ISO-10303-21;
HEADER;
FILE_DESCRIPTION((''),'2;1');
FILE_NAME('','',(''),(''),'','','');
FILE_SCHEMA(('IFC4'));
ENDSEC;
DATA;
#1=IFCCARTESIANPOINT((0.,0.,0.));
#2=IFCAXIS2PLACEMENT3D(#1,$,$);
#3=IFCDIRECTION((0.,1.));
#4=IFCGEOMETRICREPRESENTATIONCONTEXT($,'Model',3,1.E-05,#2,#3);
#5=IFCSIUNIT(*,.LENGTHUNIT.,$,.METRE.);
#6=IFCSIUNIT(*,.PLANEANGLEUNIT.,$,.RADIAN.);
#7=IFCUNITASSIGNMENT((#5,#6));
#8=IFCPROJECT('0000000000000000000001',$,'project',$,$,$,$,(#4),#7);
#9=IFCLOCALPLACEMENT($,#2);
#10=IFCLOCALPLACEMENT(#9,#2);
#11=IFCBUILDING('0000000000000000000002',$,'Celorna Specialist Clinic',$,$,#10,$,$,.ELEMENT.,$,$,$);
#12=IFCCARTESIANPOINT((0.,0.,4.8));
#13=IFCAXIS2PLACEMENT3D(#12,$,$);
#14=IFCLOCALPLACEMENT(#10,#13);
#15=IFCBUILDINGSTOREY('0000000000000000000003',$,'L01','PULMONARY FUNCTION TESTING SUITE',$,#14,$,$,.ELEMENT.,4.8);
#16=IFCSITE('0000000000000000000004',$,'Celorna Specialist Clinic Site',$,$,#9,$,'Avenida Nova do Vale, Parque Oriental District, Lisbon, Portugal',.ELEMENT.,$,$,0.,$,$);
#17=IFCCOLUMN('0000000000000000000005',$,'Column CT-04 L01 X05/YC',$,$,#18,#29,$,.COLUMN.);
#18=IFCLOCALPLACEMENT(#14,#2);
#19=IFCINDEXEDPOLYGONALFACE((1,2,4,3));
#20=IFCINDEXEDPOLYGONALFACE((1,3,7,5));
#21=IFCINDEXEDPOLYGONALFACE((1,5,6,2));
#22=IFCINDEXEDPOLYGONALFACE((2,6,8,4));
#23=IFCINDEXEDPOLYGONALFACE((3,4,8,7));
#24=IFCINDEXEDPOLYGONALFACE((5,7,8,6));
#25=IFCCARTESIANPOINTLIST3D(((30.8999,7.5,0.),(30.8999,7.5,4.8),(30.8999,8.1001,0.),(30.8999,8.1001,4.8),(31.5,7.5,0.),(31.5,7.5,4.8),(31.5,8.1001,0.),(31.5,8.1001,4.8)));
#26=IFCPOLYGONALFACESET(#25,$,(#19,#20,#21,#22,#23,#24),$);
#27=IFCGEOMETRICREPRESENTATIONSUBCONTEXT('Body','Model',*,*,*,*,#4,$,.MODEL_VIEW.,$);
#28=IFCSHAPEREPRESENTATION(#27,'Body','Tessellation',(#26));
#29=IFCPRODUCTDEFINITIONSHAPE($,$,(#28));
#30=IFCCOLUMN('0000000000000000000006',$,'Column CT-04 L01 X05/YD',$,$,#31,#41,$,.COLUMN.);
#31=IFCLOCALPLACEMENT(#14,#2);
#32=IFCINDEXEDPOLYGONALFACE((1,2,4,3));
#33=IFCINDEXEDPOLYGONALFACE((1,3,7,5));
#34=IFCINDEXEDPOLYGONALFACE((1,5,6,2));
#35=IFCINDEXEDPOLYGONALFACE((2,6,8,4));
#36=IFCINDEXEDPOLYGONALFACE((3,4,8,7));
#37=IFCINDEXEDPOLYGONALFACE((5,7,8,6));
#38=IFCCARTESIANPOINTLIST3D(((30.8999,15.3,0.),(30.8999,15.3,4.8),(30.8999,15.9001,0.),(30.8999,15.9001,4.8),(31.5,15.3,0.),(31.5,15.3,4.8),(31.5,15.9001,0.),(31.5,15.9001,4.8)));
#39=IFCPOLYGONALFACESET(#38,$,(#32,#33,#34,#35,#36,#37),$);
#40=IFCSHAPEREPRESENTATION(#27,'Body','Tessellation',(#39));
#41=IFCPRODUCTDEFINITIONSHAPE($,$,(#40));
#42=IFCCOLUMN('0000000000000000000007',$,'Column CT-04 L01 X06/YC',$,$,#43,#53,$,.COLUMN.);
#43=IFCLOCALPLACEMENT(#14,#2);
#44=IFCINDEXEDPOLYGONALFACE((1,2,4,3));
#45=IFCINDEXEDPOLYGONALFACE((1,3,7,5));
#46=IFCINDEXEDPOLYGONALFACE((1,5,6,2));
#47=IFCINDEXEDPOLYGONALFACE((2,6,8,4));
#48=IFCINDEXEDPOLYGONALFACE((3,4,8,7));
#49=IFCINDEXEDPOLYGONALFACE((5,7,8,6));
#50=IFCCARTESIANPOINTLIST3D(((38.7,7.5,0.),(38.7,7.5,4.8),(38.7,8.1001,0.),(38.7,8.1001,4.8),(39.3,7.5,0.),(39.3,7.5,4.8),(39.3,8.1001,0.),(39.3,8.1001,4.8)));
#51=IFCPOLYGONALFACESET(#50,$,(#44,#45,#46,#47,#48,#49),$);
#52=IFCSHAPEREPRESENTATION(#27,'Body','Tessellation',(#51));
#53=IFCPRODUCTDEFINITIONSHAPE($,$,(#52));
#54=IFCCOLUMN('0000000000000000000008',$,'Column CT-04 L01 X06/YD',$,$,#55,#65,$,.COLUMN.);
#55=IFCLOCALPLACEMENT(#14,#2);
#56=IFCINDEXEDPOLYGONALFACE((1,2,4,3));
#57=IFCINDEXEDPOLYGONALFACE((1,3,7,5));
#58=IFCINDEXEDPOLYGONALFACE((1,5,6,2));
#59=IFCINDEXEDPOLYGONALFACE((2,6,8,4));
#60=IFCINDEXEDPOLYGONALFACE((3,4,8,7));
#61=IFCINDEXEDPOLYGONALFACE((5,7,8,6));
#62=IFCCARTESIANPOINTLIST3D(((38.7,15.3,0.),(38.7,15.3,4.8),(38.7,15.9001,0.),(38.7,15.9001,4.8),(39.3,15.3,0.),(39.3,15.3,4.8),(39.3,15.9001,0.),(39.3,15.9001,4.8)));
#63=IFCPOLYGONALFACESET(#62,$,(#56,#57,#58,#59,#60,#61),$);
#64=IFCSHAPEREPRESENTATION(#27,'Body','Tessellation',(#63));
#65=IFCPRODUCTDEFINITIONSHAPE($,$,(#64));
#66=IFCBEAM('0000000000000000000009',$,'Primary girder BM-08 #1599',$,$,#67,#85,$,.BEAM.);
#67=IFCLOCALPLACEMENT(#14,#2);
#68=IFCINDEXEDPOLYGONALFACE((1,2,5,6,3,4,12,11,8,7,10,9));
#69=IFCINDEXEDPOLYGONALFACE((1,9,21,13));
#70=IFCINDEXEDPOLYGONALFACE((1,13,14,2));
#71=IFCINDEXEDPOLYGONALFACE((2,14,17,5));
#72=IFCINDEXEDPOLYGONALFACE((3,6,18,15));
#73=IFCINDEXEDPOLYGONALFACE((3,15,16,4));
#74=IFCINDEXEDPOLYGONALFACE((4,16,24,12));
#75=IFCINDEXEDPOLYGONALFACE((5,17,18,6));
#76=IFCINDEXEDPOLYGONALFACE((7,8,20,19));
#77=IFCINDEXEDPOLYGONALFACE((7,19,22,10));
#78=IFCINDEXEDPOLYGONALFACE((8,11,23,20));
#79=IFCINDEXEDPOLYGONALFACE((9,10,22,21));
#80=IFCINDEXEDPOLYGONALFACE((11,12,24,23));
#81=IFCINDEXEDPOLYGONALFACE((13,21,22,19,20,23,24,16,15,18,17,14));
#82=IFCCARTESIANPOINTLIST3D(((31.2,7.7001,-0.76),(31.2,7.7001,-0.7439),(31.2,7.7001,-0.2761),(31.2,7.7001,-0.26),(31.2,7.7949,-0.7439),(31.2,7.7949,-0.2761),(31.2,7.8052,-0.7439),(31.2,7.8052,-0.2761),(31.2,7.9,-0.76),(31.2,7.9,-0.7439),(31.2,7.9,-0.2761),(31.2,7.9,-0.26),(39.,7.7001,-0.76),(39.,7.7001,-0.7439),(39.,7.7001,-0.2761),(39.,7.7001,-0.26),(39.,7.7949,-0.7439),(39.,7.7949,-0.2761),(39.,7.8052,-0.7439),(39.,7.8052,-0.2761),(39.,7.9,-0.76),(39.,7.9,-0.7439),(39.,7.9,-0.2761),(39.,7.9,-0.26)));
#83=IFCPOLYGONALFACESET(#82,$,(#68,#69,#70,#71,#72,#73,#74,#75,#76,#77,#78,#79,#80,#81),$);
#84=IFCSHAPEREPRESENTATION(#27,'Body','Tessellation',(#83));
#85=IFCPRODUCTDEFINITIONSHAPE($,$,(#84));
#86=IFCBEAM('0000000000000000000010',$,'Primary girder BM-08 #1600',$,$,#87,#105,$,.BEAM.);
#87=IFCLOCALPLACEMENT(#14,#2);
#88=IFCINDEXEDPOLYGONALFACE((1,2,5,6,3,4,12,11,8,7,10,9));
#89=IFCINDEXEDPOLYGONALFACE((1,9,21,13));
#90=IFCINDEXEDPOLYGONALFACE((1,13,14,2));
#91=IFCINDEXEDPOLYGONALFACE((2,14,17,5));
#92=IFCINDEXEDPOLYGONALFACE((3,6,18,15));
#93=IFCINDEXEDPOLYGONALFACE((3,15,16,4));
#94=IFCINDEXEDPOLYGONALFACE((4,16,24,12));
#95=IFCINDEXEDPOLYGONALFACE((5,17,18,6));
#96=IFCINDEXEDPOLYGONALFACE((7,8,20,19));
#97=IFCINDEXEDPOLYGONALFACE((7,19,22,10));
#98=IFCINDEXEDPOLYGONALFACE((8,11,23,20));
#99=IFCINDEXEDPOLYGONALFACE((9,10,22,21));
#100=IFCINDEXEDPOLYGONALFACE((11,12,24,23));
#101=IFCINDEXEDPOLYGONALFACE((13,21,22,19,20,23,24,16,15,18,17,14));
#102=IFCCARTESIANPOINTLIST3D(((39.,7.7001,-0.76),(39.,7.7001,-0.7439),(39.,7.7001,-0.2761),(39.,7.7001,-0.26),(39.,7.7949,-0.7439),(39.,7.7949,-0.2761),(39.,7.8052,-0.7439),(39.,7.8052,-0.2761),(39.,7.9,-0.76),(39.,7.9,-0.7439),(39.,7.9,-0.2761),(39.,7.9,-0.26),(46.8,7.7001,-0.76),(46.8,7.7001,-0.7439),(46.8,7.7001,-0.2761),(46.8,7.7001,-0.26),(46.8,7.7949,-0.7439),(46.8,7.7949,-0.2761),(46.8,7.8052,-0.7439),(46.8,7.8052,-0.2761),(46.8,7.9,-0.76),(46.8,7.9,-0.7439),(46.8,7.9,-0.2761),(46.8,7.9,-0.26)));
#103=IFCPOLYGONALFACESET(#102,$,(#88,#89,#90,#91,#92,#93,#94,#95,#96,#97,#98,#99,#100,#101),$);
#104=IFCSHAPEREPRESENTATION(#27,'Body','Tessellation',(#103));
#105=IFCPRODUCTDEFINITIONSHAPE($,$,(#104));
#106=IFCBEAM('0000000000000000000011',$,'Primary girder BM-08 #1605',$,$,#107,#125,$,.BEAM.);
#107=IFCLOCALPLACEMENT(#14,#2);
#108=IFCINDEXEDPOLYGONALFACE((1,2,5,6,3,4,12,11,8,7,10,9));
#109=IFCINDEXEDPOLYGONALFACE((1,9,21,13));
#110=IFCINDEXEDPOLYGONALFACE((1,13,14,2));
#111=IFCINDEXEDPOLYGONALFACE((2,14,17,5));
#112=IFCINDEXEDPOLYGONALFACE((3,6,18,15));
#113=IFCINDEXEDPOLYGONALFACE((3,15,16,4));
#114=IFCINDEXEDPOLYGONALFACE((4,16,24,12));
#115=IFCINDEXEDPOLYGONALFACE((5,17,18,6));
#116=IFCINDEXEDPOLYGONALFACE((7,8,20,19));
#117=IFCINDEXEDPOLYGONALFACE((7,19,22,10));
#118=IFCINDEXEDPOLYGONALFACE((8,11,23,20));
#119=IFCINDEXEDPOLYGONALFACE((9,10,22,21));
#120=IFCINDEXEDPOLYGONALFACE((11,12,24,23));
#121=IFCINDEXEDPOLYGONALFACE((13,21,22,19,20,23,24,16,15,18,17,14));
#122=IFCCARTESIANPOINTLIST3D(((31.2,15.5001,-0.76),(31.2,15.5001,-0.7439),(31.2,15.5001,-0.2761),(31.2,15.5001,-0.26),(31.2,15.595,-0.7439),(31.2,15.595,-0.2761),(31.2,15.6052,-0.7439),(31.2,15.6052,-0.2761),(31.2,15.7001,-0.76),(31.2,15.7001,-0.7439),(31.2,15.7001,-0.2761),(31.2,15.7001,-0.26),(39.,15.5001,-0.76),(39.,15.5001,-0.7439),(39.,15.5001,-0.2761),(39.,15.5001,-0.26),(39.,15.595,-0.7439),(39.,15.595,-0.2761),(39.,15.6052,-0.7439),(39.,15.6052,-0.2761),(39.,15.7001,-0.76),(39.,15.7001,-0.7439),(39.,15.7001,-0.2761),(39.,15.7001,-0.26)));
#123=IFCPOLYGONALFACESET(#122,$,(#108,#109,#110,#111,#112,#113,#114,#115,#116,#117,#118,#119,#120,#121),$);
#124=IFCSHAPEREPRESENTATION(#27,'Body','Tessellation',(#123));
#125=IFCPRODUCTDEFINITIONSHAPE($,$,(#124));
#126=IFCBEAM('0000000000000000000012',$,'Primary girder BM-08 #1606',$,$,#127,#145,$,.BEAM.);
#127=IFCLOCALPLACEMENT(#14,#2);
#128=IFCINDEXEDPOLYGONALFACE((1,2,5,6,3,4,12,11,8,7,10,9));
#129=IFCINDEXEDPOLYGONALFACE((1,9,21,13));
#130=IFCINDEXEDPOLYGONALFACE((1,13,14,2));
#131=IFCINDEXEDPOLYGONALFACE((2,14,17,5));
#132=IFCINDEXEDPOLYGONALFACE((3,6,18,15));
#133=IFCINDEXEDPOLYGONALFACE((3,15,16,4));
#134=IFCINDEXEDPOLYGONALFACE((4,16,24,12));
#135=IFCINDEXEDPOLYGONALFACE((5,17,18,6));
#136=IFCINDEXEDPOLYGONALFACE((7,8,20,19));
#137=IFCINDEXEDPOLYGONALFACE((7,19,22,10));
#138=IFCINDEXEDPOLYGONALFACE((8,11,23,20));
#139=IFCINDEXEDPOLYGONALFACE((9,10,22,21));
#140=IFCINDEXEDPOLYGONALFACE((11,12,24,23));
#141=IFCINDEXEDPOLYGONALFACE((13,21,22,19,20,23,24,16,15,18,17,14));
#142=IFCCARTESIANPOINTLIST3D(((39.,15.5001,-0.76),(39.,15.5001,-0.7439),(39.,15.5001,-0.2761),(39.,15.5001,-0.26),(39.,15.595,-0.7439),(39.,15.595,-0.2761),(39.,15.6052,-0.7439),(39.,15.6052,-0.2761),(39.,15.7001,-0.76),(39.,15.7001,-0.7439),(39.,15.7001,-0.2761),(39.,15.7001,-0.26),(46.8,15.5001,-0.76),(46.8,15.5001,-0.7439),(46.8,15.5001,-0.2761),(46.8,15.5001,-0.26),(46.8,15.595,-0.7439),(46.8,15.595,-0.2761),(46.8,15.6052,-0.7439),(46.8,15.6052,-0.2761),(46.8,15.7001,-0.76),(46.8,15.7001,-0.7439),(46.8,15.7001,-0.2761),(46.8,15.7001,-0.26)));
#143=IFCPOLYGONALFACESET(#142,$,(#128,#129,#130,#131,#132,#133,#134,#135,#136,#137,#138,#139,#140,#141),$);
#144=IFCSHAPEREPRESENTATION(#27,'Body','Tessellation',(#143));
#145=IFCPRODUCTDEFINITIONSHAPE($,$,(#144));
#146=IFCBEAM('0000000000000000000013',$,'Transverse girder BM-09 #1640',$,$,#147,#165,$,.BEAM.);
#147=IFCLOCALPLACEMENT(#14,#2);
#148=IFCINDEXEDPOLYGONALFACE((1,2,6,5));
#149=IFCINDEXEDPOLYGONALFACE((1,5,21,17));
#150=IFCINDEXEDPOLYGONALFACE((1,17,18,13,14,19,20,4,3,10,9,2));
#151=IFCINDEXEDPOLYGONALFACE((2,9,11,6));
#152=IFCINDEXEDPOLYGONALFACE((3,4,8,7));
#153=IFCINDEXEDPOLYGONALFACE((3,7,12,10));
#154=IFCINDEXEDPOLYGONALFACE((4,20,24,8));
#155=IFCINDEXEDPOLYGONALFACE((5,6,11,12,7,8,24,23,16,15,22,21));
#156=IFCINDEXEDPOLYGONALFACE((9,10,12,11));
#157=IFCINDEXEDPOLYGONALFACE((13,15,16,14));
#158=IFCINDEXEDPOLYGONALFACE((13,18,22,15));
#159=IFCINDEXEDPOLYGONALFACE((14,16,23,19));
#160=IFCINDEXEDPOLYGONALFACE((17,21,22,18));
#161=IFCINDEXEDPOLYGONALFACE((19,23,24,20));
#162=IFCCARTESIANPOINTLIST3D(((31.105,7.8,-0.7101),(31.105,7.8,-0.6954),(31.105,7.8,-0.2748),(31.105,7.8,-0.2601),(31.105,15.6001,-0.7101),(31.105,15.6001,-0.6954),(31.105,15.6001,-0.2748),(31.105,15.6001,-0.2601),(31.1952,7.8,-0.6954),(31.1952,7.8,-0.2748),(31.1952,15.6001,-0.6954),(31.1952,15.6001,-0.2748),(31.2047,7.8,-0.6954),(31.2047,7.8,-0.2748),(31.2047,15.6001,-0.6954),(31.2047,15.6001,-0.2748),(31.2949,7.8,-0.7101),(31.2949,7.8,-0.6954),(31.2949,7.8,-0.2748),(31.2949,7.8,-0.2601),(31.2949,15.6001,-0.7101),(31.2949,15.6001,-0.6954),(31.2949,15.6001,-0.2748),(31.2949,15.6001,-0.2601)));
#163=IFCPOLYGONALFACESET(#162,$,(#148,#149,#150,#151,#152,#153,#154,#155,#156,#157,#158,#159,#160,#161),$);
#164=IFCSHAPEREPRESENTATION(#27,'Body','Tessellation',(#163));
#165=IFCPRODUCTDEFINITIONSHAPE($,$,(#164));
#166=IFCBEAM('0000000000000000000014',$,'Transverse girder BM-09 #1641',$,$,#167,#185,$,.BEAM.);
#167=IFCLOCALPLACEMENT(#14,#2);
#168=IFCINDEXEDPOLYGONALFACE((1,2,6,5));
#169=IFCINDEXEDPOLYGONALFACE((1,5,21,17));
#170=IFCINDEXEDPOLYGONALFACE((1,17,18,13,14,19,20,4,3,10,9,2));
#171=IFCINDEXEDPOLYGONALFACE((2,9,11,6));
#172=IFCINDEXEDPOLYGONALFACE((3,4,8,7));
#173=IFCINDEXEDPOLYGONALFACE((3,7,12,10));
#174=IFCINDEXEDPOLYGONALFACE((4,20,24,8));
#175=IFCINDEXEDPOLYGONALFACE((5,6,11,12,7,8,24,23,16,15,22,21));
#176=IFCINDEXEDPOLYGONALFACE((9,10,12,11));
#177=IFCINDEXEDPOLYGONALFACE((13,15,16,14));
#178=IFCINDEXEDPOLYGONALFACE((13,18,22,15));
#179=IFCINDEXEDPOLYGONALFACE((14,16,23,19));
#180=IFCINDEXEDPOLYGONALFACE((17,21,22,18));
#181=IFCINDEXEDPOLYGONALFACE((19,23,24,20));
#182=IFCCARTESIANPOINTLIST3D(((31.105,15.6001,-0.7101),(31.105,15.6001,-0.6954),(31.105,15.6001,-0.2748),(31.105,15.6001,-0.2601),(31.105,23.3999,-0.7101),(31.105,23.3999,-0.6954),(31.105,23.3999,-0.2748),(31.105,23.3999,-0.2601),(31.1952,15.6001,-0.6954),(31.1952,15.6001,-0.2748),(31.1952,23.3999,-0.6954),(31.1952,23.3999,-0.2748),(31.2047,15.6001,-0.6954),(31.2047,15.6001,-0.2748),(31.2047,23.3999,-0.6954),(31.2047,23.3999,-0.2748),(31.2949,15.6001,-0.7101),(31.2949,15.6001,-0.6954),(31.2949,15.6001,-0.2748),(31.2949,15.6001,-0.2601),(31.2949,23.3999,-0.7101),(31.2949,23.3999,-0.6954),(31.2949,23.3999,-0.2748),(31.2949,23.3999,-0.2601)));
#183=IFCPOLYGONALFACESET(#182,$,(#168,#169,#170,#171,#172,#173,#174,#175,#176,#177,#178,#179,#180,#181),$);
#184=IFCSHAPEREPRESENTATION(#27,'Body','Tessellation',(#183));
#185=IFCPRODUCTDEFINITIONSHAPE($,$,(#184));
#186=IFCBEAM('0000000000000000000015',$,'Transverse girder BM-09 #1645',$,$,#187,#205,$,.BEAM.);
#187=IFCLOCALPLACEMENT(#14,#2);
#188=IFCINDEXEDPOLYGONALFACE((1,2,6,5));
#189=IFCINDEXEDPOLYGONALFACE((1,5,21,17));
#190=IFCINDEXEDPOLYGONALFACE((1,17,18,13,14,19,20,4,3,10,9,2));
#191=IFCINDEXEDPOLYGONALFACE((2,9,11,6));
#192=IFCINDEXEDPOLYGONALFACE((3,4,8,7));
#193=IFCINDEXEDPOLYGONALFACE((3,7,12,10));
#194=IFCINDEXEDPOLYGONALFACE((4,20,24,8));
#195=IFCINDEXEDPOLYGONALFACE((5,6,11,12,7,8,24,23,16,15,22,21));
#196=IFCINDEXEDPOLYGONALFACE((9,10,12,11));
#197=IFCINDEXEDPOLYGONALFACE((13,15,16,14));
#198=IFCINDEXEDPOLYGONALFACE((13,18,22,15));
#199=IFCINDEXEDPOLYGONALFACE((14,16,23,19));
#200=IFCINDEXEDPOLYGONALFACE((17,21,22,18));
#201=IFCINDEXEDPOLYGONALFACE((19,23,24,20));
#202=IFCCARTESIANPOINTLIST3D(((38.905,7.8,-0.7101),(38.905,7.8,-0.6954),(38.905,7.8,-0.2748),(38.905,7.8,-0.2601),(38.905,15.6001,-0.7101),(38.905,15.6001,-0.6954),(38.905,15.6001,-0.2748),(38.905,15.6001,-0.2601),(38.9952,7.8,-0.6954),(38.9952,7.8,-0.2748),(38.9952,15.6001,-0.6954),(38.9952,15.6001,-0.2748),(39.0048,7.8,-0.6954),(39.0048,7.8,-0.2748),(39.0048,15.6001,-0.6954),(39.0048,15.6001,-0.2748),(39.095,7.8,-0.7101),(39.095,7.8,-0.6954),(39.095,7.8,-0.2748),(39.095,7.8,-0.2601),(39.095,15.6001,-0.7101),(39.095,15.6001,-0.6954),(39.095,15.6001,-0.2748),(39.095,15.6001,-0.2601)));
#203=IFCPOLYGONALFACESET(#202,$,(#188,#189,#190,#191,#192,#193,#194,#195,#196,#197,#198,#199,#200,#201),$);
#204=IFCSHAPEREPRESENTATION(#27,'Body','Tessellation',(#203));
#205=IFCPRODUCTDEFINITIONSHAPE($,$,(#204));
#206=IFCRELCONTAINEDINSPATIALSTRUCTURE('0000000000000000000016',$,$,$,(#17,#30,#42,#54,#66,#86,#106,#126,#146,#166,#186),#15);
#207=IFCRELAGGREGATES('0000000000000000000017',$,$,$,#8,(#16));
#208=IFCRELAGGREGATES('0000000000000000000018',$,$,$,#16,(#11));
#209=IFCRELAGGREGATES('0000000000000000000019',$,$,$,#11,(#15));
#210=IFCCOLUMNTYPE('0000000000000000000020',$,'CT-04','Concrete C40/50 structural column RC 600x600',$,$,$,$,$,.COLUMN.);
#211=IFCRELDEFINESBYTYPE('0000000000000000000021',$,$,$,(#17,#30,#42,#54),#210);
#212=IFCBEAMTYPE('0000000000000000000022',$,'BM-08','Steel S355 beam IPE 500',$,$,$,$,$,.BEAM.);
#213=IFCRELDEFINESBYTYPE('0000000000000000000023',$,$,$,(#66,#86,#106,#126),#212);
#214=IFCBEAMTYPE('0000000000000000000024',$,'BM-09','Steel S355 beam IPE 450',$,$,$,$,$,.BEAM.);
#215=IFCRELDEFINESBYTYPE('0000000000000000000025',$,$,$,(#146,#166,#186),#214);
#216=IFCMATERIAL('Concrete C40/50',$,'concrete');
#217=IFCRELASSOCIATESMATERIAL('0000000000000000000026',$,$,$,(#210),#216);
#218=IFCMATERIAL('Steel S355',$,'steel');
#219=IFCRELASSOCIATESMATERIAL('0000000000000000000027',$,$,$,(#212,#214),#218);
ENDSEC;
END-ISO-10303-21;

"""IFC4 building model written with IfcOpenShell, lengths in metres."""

from ifc_helpers import new_model, si_unit, direction, frame, origin, origin_2d, place, context, subcontext, project, spatial, rectangle, i_section, extrude, material, material_profile, profile_set, type_object, element, save


model = new_model("IFC4")

# Units and contexts
model_context = context("Model", 3, precision=1e-05, world=origin(), true_north=direction((0.0, 1.0)))
body_context = subcontext(model_context, "Body", "Model", "MODEL_VIEW")
ifc_project = project(units=[si_unit("LENGTHUNIT", "METRE"), si_unit("PLANEANGLEUNIT", "RADIAN")], contexts=[model_context])

# Site, building, storey
site_placement = place(None, origin())
site = spatial("IfcSite", under=ifc_project, at=site_placement, Name="Celorna Specialist Clinic Site", LongName="Avenida Nova do Vale, Parque Oriental District, Lisbon, Portugal", CompositionType="ELEMENT", RefElevation=0.0)
building_placement = place(site_placement, origin())
building = spatial("IfcBuilding", under=site, at=building_placement, Name="Celorna Specialist Clinic", CompositionType="ELEMENT")
storey_placement = place(building_placement, frame((0.0, 0.0, 4.8)))
storey = spatial("IfcBuildingStorey", under=building, at=storey_placement, Name="L01", Description="PULMONARY FUNCTION TESTING SUITE", CompositionType="ELEMENT", Elevation=4.8)

# Columns
ifc_material_1 = material(Name="Concrete C40/50", Category="concrete")
ifc_material_profile_1 = material_profile(ifc_material_1, rectangle(XDim=0.6001, YDim=0.6001, at=origin_2d()), Name="RC 600x600")
ifc_profile_set_1 = profile_set([ifc_material_profile_1], Name="Concrete C40/50")
column_type = type_object("IfcColumnType", Name="CT-04", Description="Concrete C40/50 structural column RC 600x600", PredefinedType="COLUMN", material=ifc_profile_set_1)
for number, where, z_axis, x_axis, name in (
    (1, (31.2, 7.8, 0.0), (0.0, 0.0, 1.0), (1.0, 0.0, 0.0), "Column CT-04 L01 X05/YC"),
    (2, (31.2, 15.6001, 0.0), (0.0, 0.0, 1.0), (1.0, 0.0, 0.0), "Column CT-04 L01 X05/YD"),
    (3, (39.0, 7.8, 0.0), (0.0, 0.0, 1.0), (1.0, 0.0, 0.0), "Column CT-04 L01 X06/YC"),
    (4, (39.0, 15.6001, 0.0), (0.0, 0.0, 1.0), (1.0, 0.0, 0.0), "Column CT-04 L01 X06/YD"),
):
    element("IfcColumn", number, at=place(storey_placement, frame(where, z_axis=z_axis, x_axis=x_axis)), inside=storey, type_object=column_type, Name=name, PredefinedType="COLUMN", context=body_context, shape_type="SweptSolid", body=[
        extrude(rectangle(XDim=0.6001, YDim=0.6001, at=origin_2d()), origin(), (0.0, 0.0, 1.0), 4.8),
    ])

# Beams
ifc_material_2 = material(Name="Steel S355", Category="steel")
ifc_material_profile_2 = material_profile(ifc_material_2, i_section(OverallWidth=0.2, OverallDepth=0.5, WebThickness=0.0103, FlangeThickness=0.0161, at=origin_2d()), Name="IPE 500")
ifc_profile_set_2 = profile_set([ifc_material_profile_2], Name="Steel S355")
beam_type_1 = type_object("IfcBeamType", Name="BM-08", Description="Steel S355 beam IPE 500", PredefinedType="BEAM", material=ifc_profile_set_2)
for number, where, z_axis, x_axis, name in (
    (5, (31.2, 7.8, -0.51), (1.0, 0.0, 0.0), (0.0, 1.0, 0.0), "Primary girder BM-08 #1599"),
    (6, (39.0, 7.8, -0.51), (1.0, 0.0, 0.0), (0.0, 1.0, 0.0), "Primary girder BM-08 #1600"),
    (7, (31.2, 15.6001, -0.51), (1.0, 0.0, 0.0), (0.0, 1.0, 0.0), "Primary girder BM-08 #1605"),
    (8, (39.0, 15.6001, -0.51), (1.0, 0.0, 0.0), (0.0, 1.0, 0.0), "Primary girder BM-08 #1606"),
):
    element("IfcBeam", number, at=place(storey_placement, frame(where, z_axis=z_axis, x_axis=x_axis)), inside=storey, type_object=beam_type_1, Name=name, PredefinedType="BEAM", context=body_context, shape_type="SweptSolid", body=[
        extrude(i_section(OverallWidth=0.2, OverallDepth=0.5, WebThickness=0.0103, FlangeThickness=0.0161, at=origin_2d()), origin(), (0.0, 0.0, 1.0), 7.8),
    ])
ifc_material_profile_3 = material_profile(ifc_material_2, i_section(OverallWidth=0.1899, OverallDepth=0.45, WebThickness=0.0095, FlangeThickness=0.0146, at=origin_2d()), Name="IPE 450")
ifc_profile_set_3 = profile_set([ifc_material_profile_3], Name="Steel S355")
beam_type_2 = type_object("IfcBeamType", Name="BM-09", Description="Steel S355 beam IPE 450", PredefinedType="BEAM", material=ifc_profile_set_3)
beam_1_placement = place(storey_placement, frame((31.2, 7.8, -0.4851), z_axis=(0.0, 1.0, 0.0), x_axis=(-1.0, 0.0, 0.0)))
element("IfcBeam", 9, at=beam_1_placement, inside=storey, type_object=beam_type_2, Name="Transverse girder BM-09 #1640", PredefinedType="BEAM", context=body_context, shape_type="SweptSolid", body=[
    extrude(i_section(OverallWidth=0.1899, OverallDepth=0.45, WebThickness=0.0095, FlangeThickness=0.0146, at=origin_2d()), origin(), (0.0, 0.0, 1.0), 7.8),
])
beam_2_placement = place(storey_placement, frame((31.2, 15.6001, -0.4851), z_axis=(0.0, 1.0, 0.0), x_axis=(-1.0, 0.0, 0.0)))
element("IfcBeam", 10, at=beam_2_placement, inside=storey, type_object=beam_type_2, Name="Transverse girder BM-09 #1641", PredefinedType="BEAM", context=body_context, shape_type="SweptSolid", body=[
    extrude(i_section(OverallWidth=0.1899, OverallDepth=0.45, WebThickness=0.0095, FlangeThickness=0.0146, at=origin_2d()), origin(), (0.0, 0.0, 1.0), 7.7998),
])
beam_3_placement = place(storey_placement, frame((39.0, 7.8, -0.4851), z_axis=(0.0, 1.0, 0.0), x_axis=(-1.0, 0.0, 0.0)))
element("IfcBeam", 11, at=beam_3_placement, inside=storey, type_object=beam_type_2, Name="Transverse girder BM-09 #1645", PredefinedType="BEAM", context=body_context, shape_type="SweptSolid", body=[
    extrude(i_section(OverallWidth=0.1899, OverallDepth=0.45, WebThickness=0.0095, FlangeThickness=0.0146, at=origin_2d()), origin(), (0.0, 0.0, 1.0), 7.8),
])

save(model, "model.ifc")
